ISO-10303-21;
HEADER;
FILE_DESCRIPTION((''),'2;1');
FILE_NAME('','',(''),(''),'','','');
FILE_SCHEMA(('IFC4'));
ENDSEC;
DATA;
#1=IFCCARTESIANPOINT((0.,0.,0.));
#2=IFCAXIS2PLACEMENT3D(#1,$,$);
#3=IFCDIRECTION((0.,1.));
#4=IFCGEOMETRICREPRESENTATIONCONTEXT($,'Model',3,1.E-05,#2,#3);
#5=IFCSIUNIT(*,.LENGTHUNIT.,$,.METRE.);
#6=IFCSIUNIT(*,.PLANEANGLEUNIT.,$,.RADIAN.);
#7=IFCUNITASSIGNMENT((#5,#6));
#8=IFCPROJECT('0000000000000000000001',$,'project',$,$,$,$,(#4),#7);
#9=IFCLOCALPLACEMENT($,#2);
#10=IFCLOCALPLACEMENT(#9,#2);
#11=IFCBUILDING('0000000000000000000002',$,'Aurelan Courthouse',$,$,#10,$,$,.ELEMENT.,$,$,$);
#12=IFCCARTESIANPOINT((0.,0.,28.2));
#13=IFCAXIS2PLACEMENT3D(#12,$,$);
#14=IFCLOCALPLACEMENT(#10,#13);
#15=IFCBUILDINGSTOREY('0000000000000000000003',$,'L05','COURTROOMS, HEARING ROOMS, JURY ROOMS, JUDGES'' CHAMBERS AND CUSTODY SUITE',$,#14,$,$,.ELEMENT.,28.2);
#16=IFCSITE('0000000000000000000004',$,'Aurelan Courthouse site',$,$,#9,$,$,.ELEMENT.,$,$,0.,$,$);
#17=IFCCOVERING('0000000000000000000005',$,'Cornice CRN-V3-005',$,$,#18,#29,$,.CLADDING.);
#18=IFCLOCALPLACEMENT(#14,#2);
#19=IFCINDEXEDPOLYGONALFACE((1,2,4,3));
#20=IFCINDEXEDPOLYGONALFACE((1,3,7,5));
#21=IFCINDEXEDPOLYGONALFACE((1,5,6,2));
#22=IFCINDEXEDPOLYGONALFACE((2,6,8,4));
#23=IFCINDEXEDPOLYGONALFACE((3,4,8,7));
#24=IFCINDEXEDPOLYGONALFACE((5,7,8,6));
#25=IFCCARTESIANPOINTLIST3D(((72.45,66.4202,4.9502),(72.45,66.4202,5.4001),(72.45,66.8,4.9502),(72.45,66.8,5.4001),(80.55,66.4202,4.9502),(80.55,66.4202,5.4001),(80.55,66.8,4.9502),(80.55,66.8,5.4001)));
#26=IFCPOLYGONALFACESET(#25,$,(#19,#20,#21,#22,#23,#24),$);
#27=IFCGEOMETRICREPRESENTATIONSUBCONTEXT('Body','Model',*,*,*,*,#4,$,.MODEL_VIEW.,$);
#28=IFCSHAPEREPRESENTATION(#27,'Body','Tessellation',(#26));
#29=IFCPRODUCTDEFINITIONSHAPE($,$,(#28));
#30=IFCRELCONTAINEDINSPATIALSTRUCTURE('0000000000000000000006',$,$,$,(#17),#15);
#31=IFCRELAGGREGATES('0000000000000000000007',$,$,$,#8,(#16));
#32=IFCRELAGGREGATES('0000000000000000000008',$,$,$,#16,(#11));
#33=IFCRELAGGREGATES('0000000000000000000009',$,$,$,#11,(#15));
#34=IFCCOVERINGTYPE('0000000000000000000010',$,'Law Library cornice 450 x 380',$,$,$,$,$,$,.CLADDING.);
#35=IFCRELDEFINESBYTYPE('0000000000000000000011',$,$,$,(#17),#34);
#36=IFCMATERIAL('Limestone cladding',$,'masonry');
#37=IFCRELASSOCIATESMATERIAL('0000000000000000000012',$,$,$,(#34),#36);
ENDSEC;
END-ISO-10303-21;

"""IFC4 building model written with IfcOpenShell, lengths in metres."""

from ifc_helpers import new_model, si_unit, direction, frame, origin, origin_2d, place, context, subcontext, project, spatial, rectangle, extrude, material, type_object, element, save


model = new_model("IFC4")

# Units and contexts
model_context = context("Model", 3, precision=1e-05, world=origin(), true_north=direction((0.0, 1.0)))
body_context = subcontext(model_context, "Body", "Model", "MODEL_VIEW")
ifc_project = project(units=[si_unit("LENGTHUNIT", "METRE"), si_unit("PLANEANGLEUNIT", "RADIAN")], contexts=[model_context])

# Site, building, storey
site_placement = place(None, origin())
site = spatial("IfcSite", under=ifc_project, at=site_placement, Name="Aurelan Courthouse site", CompositionType="ELEMENT", RefElevation=0.0)
building_placement = place(site_placement, origin())
building = spatial("IfcBuilding", under=site, at=building_placement, Name="Aurelan Courthouse", CompositionType="ELEMENT")
storey_placement = place(building_placement, frame((0.0, 0.0, 28.2)))
storey = spatial("IfcBuildingStorey", under=building, at=storey_placement, Name="L05", Description="COURTROOMS, HEARING ROOMS, JURY ROOMS, JUDGES' CHAMBERS AND CUSTODY SUITE", CompositionType="ELEMENT", Elevation=28.2)

# Covering
ifc_material_1 = material(Name="Limestone cladding", Category="masonry")
covering_type = type_object("IfcCoveringType", Name="Law Library cornice 450 x 380", PredefinedType="CLADDING", material=ifc_material_1)
covering_placement = place(storey_placement, frame((76.5, 66.6101, 4.9502), z_axis=(0.0, 0.0, 1.0), x_axis=(1.0, 0.0, 0.0)))
element("IfcCovering", 1, at=covering_placement, inside=storey, type_object=covering_type, Name="Cornice CRN-V3-005", PredefinedType="CLADDING", context=body_context, shape_type="SweptSolid", body=[
    extrude(rectangle(XDim=8.1001, YDim=0.3799, at=origin_2d()), origin(), (0.0, 0.0, 1.0), 0.45),
])

save(model, "model.ifc")
